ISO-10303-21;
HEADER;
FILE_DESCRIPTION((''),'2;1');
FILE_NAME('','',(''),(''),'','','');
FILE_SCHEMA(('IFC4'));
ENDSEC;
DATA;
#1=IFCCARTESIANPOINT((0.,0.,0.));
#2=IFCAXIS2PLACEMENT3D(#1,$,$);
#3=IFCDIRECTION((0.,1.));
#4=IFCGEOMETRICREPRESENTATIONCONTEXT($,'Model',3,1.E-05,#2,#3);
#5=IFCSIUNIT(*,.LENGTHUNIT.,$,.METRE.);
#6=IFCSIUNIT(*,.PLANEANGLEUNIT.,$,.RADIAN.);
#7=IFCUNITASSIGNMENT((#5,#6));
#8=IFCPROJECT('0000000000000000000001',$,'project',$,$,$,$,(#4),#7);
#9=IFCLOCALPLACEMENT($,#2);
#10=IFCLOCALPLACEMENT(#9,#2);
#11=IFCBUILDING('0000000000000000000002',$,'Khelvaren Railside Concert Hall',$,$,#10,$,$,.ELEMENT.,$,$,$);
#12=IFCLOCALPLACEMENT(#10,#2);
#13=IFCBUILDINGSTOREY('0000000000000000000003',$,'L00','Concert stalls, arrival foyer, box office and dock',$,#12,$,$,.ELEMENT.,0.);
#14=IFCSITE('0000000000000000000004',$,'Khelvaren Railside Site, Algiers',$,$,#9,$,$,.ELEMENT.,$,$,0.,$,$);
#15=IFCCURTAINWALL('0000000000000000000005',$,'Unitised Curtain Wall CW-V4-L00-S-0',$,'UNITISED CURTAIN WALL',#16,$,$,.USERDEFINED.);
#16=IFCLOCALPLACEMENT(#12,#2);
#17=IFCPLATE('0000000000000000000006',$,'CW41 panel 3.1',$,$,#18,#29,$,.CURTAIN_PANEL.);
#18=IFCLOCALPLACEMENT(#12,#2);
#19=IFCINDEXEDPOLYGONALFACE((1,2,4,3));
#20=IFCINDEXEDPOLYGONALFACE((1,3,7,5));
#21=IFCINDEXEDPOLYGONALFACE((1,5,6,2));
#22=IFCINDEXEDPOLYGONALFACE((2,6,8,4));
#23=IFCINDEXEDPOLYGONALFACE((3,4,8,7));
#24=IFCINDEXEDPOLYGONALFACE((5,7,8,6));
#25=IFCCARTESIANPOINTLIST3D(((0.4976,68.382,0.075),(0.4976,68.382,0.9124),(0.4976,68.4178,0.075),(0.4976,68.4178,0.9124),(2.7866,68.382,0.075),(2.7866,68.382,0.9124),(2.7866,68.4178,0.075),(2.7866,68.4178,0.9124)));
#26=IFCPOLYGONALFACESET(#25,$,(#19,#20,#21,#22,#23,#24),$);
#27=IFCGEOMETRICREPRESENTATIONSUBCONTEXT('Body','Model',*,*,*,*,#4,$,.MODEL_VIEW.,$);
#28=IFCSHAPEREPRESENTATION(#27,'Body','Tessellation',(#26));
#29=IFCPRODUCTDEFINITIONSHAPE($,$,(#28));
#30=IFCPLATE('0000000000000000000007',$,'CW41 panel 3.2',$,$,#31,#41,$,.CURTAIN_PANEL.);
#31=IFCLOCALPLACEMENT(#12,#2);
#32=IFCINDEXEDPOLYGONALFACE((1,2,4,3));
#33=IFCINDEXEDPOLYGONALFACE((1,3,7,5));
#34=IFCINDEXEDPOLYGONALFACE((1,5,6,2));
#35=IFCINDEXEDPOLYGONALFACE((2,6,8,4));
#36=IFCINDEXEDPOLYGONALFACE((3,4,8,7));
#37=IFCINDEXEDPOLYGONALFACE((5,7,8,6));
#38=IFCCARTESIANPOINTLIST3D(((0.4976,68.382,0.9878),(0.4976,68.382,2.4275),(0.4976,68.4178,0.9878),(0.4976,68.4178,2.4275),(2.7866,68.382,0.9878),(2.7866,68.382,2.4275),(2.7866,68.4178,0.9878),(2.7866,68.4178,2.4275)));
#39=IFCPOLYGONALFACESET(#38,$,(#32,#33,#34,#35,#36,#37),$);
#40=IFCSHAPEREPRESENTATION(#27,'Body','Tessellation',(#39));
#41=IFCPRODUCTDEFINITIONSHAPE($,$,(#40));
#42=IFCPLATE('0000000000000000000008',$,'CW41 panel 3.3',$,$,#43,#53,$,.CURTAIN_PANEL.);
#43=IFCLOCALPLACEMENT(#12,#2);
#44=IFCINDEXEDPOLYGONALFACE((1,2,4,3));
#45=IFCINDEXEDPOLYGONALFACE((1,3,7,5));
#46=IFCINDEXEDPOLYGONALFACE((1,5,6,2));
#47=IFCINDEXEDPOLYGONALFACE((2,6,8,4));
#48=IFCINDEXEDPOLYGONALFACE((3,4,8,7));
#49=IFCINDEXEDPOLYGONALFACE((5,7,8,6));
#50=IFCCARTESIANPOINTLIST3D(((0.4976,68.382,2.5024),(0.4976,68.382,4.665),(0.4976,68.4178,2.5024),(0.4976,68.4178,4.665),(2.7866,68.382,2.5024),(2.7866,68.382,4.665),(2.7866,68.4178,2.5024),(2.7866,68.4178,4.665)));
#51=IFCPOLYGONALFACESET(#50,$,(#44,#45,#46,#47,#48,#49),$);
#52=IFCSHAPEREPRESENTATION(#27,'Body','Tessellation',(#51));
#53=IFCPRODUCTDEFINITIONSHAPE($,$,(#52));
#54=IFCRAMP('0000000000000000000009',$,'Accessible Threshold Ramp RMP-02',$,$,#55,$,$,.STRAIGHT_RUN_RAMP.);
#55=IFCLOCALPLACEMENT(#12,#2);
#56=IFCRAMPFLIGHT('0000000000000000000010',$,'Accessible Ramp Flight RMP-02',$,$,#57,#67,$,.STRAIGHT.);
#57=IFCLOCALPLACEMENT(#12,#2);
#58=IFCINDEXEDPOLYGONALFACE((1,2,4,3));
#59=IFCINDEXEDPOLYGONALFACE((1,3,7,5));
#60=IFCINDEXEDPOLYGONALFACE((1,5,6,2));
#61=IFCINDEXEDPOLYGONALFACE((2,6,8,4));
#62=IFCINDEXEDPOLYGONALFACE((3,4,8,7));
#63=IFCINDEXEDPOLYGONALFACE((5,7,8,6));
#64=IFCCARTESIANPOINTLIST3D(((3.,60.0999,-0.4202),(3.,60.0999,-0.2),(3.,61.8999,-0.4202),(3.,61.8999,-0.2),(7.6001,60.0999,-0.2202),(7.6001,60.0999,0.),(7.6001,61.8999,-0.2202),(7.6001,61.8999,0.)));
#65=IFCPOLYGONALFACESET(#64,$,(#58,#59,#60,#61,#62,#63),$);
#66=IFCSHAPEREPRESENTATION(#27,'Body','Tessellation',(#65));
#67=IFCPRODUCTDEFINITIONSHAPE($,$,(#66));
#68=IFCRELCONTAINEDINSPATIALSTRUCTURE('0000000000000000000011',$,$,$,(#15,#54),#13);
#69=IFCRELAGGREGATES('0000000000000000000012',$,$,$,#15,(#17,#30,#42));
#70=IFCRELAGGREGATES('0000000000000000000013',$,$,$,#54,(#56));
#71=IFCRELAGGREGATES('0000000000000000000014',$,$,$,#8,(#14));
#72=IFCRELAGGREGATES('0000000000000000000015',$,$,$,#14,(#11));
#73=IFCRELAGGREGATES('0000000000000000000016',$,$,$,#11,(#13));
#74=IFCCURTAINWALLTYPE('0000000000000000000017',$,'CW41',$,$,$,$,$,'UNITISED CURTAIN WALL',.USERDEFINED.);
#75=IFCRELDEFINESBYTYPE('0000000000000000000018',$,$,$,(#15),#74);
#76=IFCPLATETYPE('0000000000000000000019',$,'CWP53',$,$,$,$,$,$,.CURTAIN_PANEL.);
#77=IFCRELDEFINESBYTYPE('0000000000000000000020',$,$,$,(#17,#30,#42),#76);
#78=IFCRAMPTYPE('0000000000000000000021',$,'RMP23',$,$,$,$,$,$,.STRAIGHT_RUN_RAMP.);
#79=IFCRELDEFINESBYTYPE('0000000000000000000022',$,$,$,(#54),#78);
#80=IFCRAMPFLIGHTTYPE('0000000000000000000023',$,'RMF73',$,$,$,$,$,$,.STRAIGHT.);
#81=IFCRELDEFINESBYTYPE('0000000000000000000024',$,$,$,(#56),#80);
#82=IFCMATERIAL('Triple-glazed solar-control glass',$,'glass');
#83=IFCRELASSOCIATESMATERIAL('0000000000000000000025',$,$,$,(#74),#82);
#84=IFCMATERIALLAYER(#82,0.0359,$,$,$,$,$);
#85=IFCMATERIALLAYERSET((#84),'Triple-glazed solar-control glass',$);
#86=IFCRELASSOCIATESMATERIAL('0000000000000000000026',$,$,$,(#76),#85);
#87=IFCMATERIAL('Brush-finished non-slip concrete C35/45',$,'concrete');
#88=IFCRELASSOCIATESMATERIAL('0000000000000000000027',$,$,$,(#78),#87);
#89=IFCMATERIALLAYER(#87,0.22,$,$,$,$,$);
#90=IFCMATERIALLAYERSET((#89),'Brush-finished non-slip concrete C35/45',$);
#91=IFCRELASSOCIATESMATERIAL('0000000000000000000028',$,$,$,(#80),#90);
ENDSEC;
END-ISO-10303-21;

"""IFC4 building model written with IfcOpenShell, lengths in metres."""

from ifc_helpers import new_model, si_unit, direction, frame, origin, origin_2d, place, context, subcontext, project, spatial, polyline, rectangle, outline, extrude, material, layer, layer_set, type_object, element, aggregate, save


model = new_model("IFC4")

# Units and contexts
model_context = context("Model", 3, precision=1e-05, world=origin(), true_north=direction((0.0, 1.0)))
body_context = subcontext(model_context, "Body", "Model", "MODEL_VIEW")
ifc_project = project(units=[si_unit("LENGTHUNIT", "METRE"), si_unit("PLANEANGLEUNIT", "RADIAN")], contexts=[model_context])

# Site, building, storey
site_placement = place(None, origin())
site = spatial("IfcSite", under=ifc_project, at=site_placement, Name="Khelvaren Railside Site, Algiers", CompositionType="ELEMENT", RefElevation=0.0)
building_placement = place(site_placement, origin())
building = spatial("IfcBuilding", under=site, at=building_placement, Name="Khelvaren Railside Concert Hall", CompositionType="ELEMENT")
storey_placement = place(building_placement, origin())
storey = spatial("IfcBuildingStorey", under=building, at=storey_placement, Name="L00", Description="Concert stalls, arrival foyer, box office and dock", CompositionType="ELEMENT", Elevation=0.0)

# Curtain wall
ifc_material_1 = material(Name="Triple-glazed solar-control glass", Category="glass")
curtain_wall_type = type_object("IfcCurtainWallType", Name="CW41", ElementType="UNITISED CURTAIN WALL", PredefinedType="USERDEFINED", material=ifc_material_1)
curtain_wall_placement = place(storey_placement, origin())
curtain_wall = element("IfcCurtainWall", 1, at=curtain_wall_placement, inside=storey, type_object=curtain_wall_type, Name="Unitised Curtain Wall CW-V4-L00-S-0", ObjectType="UNITISED CURTAIN WALL", PredefinedType="USERDEFINED")

# Plates
ifc_layer_1 = layer(ifc_material_1, 0.0359)
ifc_layer_set_1 = layer_set([ifc_layer_1], Name="Triple-glazed solar-control glass")
plate_type = type_object("IfcPlateType", Name="CWP53", PredefinedType="CURTAIN_PANEL", material=ifc_layer_set_1)
plate_1_placement = place(storey_placement, frame((1.6421, 68.3999, 0.075), z_axis=(0.0, 0.0, 1.0), x_axis=(-1.0, 0.0, 0.0)))
plate_1 = element("IfcPlate", 2, at=plate_1_placement, type_object=plate_type, Name="CW41 panel 3.1", PredefinedType="CURTAIN_PANEL", context=body_context, shape_type="SweptSolid", body=[
    extrude(rectangle(XDim=2.2891, YDim=0.0359, at=origin_2d()), origin(), (0.0, 0.0, 1.0), 0.8374),
])
plate_2_placement = place(storey_placement, frame((1.6421, 68.3999, 0.9878), z_axis=(0.0, 0.0, 1.0), x_axis=(-1.0, 0.0, 0.0)))
plate_2 = element("IfcPlate", 3, at=plate_2_placement, type_object=plate_type, Name="CW41 panel 3.2", PredefinedType="CURTAIN_PANEL", context=body_context, shape_type="SweptSolid", body=[
    extrude(rectangle(XDim=2.2891, YDim=0.0359, at=origin_2d()), origin(), (0.0, 0.0, 1.0), 1.4397),
])
plate_3_placement = place(storey_placement, frame((1.6421, 68.3999, 2.5024), z_axis=(0.0, 0.0, 1.0), x_axis=(-1.0, 0.0, 0.0)))
plate_3 = element("IfcPlate", 4, at=plate_3_placement, type_object=plate_type, Name="CW41 panel 3.3", PredefinedType="CURTAIN_PANEL", context=body_context, shape_type="SweptSolid", body=[
    extrude(rectangle(XDim=2.2891, YDim=0.0359, at=origin_2d()), origin(), (0.0, 0.0, 1.0), 2.1626),
])
aggregate(curtain_wall, [plate_1, plate_2, plate_3])

# Ramp, ramp flight
ifc_material_2 = material(Name="Brush-finished non-slip concrete C35/45", Category="concrete")
ramp_type = type_object("IfcRampType", Name="RMP23", PredefinedType="STRAIGHT_RUN_RAMP", material=ifc_material_2)
ramp_placement = place(storey_placement, origin())
ramp = element("IfcRamp", 5, at=ramp_placement, inside=storey, type_object=ramp_type, Name="Accessible Threshold Ramp RMP-02", PredefinedType="STRAIGHT_RUN_RAMP")
ifc_layer_2 = layer(ifc_material_2, 0.22)
ifc_layer_set_2 = layer_set([ifc_layer_2], Name="Brush-finished non-slip concrete C35/45")
ramp_flight_type = type_object("IfcRampFlightType", Name="RMF73", PredefinedType="STRAIGHT", material=ifc_layer_set_2)
ramp_flight_placement = place(storey_placement, frame((3.0, 61.0, -0.2), z_axis=(0.0, 0.0, 1.0), x_axis=(1.0, 0.0, 0.0)))
ramp_flight = element("IfcRampFlight", 6, at=ramp_flight_placement, type_object=ramp_flight_type, Name="Accessible Ramp Flight RMP-02", PredefinedType="STRAIGHT", context=body_context, shape_type="SweptSolid", body=[
    extrude(outline(polyline([(0.0, 0.0), (4.6001, 0.2), (4.6001, -0.0203), (0.0, -0.2202), (0.0, 0.0)])), frame((0.0, 0.8999, 0.0), z_axis=(0.0, -1.0, 0.0), x_axis=(1.0, 0.0, 0.0)), (0.0, 0.0, 1.0), 1.8),
])
aggregate(ramp, [ramp_flight])

save(model, "model.ifc")
